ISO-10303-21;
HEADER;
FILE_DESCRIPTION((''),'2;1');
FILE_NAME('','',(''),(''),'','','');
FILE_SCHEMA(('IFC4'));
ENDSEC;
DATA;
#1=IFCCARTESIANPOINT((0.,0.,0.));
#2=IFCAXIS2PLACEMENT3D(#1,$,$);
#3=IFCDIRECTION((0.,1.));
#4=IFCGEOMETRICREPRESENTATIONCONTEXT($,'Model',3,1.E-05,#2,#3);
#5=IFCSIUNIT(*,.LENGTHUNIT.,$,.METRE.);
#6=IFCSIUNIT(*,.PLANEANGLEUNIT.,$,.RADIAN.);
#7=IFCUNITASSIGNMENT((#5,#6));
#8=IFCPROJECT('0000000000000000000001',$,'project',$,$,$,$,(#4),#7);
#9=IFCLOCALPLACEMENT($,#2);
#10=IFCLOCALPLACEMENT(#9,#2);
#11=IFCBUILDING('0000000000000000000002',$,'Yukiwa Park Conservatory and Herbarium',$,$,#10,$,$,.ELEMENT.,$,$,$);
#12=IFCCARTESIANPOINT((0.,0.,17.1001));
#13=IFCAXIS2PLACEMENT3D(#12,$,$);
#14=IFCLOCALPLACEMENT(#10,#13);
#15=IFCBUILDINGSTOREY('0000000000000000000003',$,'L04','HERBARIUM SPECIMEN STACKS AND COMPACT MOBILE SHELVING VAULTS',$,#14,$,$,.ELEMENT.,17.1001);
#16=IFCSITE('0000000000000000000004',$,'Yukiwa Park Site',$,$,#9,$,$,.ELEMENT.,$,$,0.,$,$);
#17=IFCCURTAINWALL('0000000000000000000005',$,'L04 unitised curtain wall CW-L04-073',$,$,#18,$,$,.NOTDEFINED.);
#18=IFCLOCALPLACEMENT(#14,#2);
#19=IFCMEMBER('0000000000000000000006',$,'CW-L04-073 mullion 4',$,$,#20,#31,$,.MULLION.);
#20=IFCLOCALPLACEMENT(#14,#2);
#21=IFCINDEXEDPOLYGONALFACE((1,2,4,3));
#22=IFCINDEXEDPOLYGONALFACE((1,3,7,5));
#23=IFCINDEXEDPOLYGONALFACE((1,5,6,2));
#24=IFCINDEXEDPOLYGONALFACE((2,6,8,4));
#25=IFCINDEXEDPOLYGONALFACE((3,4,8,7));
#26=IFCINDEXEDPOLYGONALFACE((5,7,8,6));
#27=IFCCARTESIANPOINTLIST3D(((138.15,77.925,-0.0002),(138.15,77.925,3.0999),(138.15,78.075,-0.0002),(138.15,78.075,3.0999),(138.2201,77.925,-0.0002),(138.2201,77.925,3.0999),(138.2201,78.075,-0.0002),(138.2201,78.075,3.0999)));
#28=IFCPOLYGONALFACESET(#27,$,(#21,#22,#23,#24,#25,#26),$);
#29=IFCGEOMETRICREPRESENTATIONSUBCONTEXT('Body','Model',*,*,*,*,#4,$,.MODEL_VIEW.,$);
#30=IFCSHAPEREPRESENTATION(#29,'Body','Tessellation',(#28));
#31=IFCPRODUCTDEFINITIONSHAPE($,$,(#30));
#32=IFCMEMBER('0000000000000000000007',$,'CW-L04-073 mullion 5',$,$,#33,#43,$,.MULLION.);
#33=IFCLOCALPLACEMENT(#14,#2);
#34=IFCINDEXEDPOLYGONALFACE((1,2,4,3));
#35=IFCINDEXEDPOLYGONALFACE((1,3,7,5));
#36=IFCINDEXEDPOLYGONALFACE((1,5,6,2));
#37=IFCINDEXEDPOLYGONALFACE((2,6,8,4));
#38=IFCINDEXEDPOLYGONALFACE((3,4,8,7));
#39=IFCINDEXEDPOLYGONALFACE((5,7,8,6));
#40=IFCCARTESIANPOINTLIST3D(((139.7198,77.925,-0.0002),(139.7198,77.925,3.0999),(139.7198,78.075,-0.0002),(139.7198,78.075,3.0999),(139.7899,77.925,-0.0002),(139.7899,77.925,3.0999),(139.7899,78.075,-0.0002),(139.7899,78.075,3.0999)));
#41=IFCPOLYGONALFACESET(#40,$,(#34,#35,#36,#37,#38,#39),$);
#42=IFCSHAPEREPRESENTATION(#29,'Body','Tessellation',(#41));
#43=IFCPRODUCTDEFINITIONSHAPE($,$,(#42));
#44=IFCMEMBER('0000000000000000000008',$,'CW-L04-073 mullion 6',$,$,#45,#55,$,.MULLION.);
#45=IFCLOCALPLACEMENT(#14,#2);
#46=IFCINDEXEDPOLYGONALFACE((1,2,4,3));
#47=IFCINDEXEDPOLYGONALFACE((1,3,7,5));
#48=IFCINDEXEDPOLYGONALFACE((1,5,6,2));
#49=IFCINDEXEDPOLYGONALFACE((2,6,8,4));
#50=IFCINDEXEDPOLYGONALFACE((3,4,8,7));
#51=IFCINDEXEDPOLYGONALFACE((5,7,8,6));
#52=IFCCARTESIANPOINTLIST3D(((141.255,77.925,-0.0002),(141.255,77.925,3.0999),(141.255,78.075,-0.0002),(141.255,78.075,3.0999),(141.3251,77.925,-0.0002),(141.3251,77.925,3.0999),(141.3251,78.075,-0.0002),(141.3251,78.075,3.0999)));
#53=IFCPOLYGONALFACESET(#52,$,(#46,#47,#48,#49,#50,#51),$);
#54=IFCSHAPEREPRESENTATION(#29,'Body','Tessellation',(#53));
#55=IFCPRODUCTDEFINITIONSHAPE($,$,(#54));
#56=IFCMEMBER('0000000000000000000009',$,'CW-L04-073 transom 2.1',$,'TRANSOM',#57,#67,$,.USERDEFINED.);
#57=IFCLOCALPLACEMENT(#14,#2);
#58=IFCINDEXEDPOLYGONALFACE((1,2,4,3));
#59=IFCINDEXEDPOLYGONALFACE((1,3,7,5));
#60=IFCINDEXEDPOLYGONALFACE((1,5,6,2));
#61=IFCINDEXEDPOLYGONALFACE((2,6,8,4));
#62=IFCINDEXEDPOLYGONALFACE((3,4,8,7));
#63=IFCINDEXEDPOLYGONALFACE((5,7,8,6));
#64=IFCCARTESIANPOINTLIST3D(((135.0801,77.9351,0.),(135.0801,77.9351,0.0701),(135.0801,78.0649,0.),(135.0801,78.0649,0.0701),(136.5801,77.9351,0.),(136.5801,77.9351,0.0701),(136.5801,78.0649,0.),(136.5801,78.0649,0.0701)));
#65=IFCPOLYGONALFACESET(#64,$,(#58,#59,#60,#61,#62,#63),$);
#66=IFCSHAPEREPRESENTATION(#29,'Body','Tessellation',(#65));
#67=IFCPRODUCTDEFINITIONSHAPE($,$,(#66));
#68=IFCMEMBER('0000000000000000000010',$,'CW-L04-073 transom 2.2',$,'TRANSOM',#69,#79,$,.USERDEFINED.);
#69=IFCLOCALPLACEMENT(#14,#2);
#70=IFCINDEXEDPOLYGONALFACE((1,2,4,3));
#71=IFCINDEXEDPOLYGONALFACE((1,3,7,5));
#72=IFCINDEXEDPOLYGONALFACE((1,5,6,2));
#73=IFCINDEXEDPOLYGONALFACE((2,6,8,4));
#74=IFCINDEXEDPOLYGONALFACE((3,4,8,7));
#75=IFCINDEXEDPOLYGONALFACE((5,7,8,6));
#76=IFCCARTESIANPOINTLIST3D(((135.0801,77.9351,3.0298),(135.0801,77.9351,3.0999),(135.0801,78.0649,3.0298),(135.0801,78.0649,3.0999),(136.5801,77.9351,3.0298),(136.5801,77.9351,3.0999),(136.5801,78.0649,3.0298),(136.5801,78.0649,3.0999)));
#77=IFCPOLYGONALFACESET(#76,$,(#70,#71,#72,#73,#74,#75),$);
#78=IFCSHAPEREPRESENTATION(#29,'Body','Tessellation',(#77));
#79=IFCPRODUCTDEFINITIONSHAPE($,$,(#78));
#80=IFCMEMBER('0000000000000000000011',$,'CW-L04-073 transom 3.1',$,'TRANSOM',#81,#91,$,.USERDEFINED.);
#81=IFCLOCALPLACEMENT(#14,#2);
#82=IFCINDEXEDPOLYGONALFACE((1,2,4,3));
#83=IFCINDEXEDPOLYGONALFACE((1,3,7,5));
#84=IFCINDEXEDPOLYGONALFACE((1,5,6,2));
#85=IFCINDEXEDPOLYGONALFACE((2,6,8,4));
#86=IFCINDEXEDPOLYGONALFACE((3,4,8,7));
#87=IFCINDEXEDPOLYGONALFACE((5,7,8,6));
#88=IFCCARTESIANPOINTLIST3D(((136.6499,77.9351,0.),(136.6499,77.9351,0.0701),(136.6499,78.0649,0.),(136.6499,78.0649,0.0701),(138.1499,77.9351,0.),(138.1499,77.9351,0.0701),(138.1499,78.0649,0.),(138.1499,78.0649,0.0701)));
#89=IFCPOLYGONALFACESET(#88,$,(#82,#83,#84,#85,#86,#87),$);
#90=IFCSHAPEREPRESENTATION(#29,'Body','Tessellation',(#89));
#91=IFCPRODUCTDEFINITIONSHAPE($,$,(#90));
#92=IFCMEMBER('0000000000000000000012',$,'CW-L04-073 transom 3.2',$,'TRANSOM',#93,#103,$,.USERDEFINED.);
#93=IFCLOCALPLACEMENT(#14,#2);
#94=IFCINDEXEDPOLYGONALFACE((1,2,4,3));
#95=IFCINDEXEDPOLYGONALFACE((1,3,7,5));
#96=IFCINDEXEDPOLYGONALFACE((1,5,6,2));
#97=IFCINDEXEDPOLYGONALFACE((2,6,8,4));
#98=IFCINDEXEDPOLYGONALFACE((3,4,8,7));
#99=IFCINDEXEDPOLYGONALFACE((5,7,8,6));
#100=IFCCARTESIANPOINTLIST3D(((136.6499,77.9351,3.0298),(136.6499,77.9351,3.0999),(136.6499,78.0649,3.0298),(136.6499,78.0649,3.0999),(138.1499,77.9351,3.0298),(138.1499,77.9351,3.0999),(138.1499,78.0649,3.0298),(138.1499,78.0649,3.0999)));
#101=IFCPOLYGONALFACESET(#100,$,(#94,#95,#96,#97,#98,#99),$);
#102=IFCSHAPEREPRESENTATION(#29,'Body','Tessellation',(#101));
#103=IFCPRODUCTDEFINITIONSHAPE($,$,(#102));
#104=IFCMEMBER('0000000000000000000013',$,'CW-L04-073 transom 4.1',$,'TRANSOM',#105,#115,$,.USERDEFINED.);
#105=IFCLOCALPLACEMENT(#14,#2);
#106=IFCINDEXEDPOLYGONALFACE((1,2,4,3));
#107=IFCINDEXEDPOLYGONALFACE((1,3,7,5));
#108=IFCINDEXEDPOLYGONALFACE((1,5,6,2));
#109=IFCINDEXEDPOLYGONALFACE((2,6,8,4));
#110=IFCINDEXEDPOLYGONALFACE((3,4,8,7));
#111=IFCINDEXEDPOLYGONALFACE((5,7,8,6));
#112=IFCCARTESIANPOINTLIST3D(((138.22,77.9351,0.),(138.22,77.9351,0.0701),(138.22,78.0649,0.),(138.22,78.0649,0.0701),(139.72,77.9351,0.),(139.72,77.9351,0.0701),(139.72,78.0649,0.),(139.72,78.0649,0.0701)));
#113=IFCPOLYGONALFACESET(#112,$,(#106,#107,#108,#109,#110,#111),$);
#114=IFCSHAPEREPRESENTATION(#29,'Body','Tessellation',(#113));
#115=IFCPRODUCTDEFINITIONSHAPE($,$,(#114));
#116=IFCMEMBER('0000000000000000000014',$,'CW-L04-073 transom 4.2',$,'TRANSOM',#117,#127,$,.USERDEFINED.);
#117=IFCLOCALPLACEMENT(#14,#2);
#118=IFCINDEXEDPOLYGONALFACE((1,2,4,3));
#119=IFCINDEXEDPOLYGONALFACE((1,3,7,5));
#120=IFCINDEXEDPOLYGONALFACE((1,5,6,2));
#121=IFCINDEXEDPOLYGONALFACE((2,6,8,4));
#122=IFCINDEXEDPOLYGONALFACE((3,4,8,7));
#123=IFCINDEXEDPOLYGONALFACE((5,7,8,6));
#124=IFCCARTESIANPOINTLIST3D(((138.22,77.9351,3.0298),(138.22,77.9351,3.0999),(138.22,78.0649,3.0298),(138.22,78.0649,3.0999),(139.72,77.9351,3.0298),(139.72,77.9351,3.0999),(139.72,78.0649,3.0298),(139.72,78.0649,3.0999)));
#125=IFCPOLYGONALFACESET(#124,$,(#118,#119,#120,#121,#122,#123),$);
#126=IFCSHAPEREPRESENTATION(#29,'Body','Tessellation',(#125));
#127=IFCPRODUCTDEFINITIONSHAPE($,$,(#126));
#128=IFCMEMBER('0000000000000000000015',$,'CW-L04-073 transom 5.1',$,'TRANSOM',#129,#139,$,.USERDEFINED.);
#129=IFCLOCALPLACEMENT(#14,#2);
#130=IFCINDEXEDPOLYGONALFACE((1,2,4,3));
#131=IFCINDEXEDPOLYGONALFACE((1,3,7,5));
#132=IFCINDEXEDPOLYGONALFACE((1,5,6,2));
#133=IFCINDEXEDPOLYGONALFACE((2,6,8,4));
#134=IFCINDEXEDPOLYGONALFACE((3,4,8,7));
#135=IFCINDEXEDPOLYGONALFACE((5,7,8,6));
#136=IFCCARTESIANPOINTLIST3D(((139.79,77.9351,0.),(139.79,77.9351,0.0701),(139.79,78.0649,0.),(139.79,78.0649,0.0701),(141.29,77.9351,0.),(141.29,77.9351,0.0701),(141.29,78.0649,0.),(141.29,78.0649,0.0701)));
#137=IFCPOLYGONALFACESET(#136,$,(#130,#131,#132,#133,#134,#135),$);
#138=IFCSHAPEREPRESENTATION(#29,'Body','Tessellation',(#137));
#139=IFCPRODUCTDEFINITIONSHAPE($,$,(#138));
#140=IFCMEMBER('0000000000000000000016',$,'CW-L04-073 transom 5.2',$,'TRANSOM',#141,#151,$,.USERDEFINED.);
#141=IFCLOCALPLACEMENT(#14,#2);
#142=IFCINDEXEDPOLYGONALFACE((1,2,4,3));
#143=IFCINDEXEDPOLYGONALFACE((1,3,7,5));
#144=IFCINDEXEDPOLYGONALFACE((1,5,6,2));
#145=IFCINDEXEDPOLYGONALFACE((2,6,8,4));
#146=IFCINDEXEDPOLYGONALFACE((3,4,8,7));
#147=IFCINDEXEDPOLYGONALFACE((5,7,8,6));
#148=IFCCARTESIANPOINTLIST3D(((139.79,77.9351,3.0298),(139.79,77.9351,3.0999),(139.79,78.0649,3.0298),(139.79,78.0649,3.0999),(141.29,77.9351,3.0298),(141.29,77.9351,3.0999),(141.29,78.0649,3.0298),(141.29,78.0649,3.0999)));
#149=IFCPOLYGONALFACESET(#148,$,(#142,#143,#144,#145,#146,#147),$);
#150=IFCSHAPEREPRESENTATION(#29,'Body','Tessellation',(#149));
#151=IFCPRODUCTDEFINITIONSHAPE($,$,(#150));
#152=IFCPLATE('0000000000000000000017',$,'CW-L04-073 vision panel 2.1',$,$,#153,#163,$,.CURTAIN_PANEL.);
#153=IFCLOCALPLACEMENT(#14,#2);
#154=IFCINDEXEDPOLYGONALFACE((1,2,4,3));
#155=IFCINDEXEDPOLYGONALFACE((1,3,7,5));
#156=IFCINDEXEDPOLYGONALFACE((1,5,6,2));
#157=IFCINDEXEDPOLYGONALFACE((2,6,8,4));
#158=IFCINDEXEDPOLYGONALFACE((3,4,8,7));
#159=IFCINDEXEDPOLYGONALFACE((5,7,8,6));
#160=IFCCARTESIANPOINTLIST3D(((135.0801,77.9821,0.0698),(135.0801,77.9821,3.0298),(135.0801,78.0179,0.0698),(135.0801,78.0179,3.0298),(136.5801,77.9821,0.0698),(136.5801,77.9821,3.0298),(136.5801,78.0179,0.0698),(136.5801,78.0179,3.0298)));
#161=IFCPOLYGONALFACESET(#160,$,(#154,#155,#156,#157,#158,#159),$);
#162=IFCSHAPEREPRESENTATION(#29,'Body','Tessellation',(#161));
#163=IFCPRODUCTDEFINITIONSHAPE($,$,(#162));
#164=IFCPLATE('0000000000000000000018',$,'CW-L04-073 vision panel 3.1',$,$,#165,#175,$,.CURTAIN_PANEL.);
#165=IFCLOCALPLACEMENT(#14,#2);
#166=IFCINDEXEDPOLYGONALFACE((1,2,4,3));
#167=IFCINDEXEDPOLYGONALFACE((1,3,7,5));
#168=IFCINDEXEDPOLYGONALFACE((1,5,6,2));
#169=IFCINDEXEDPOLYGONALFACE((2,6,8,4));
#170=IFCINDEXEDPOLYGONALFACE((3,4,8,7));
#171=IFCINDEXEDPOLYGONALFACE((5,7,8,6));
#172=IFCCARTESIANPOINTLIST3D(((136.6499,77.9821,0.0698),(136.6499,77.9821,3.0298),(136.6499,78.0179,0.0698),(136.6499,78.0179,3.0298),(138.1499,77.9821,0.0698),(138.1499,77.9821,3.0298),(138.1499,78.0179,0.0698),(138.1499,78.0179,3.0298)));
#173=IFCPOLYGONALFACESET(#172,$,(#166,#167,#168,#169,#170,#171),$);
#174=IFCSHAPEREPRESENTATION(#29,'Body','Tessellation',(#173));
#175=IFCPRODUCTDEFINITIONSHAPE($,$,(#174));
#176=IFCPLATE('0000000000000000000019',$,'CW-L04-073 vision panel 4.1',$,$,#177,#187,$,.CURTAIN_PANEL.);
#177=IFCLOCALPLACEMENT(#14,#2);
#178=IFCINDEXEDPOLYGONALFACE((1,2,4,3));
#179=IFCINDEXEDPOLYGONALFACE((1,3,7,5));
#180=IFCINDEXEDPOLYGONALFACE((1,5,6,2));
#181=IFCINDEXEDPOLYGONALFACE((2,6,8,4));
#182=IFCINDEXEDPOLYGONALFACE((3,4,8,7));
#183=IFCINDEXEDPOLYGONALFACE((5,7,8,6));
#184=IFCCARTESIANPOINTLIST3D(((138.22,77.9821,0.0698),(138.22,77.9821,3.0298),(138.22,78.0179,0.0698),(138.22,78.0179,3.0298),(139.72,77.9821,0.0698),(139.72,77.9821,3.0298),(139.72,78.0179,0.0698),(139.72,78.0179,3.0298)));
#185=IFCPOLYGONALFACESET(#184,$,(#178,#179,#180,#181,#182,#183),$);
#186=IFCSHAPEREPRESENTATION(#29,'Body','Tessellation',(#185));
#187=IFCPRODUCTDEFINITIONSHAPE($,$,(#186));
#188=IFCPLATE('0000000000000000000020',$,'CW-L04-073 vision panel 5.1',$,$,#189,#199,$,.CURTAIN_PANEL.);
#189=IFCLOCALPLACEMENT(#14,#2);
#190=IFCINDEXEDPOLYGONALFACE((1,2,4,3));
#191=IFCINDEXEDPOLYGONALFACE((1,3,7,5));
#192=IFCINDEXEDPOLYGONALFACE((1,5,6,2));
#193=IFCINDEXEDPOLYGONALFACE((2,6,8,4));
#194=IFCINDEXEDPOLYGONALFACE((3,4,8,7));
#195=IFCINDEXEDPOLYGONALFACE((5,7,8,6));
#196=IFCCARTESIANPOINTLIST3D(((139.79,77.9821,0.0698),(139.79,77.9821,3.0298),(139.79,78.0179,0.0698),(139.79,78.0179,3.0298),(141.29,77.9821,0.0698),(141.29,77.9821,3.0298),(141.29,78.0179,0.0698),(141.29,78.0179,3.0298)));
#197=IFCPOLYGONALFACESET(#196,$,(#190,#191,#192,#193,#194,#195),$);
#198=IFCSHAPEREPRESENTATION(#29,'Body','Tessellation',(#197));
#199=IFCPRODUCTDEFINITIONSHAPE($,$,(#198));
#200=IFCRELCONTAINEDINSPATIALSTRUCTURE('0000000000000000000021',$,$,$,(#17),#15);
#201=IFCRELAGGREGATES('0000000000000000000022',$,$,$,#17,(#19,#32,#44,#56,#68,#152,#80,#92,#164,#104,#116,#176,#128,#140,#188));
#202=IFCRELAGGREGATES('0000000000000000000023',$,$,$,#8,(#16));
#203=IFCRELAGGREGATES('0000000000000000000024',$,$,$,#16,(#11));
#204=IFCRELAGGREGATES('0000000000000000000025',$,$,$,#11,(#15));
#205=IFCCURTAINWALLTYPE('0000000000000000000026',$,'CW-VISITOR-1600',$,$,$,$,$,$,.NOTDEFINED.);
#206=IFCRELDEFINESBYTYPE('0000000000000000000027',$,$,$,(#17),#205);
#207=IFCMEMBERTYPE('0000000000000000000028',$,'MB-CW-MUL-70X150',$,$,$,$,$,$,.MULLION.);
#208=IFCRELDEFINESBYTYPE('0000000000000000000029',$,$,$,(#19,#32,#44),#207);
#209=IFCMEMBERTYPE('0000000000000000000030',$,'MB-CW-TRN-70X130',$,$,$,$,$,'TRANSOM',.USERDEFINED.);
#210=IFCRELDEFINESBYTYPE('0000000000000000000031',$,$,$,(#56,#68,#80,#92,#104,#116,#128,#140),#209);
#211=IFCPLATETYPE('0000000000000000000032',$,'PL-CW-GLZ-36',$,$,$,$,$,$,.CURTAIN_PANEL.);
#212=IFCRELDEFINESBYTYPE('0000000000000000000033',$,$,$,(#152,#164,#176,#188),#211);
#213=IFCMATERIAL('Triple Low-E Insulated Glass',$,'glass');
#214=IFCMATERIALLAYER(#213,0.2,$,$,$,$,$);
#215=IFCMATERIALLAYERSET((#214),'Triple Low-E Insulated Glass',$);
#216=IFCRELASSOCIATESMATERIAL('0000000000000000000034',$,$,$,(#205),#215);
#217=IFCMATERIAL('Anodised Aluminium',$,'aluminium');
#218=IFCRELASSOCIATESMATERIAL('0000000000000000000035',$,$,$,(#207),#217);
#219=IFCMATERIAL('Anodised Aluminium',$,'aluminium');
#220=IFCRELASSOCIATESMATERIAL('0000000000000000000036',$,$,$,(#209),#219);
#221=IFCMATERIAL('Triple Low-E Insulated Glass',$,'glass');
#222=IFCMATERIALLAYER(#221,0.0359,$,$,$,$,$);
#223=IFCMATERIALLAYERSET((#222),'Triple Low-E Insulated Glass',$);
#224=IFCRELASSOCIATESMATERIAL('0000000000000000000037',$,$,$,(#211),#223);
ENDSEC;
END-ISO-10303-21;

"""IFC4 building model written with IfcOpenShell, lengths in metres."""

from ifc_helpers import new_model, si_unit, direction, frame, origin, origin_2d, place, context, subcontext, project, spatial, rectangle, extrude, material, layer, layer_set, type_object, element, aggregate, save


model = new_model("IFC4")

# Units and contexts
model_context = context("Model", 3, precision=1e-05, world=origin(), true_north=direction((0.0, 1.0)))
body_context = subcontext(model_context, "Body", "Model", "MODEL_VIEW")
ifc_project = project(units=[si_unit("LENGTHUNIT", "METRE"), si_unit("PLANEANGLEUNIT", "RADIAN")], contexts=[model_context])

# Site, building, storey
site_placement = place(None, origin())
site = spatial("IfcSite", under=ifc_project, at=site_placement, Name="Yukiwa Park Site", CompositionType="ELEMENT", RefElevation=0.0)
building_placement = place(site_placement, origin())
building = spatial("IfcBuilding", under=site, at=building_placement, Name="Yukiwa Park Conservatory and Herbarium", CompositionType="ELEMENT")
storey_placement = place(building_placement, frame((0.0, 0.0, 17.1001)))
storey = spatial("IfcBuildingStorey", under=building, at=storey_placement, Name="L04", Description="HERBARIUM SPECIMEN STACKS AND COMPACT MOBILE SHELVING VAULTS", CompositionType="ELEMENT", Elevation=17.1001)

# Curtain wall, members, plates
ifc_material_1 = material(Name="Triple Low-E Insulated Glass", Category="glass")
ifc_layer_1 = layer(ifc_material_1, 0.2)
ifc_layer_set_1 = layer_set([ifc_layer_1], Name="Triple Low-E Insulated Glass")
curtain_wall_type = type_object("IfcCurtainWallType", Name="CW-VISITOR-1600", PredefinedType="NOTDEFINED", material=ifc_layer_set_1)
curtain_wall_placement = place(storey_placement, origin())
curtain_wall = element("IfcCurtainWall", 1, at=curtain_wall_placement, inside=storey, type_object=curtain_wall_type, Name="L04 unitised curtain wall CW-L04-073", PredefinedType="NOTDEFINED")
ifc_material_2 = material(Name="Anodised Aluminium", Category="aluminium")
member_type_1 = type_object("IfcMemberType", Name="MB-CW-MUL-70X150", PredefinedType="MULLION", material=ifc_material_2)
member_1_placement = place(storey_placement, frame((138.1851, 78.0, -0.0002), z_axis=(0.0, 0.0, 1.0), x_axis=(1.0, 0.0, 0.0)))
member_1 = element("IfcMember", 2, at=member_1_placement, type_object=member_type_1, Name="CW-L04-073 mullion 4", PredefinedType="MULLION", context=body_context, shape_type="SweptSolid", body=[
    extrude(rectangle(XDim=0.0701, YDim=0.1499, at=origin_2d()), origin(), (0.0, 0.0, 1.0), 3.1001),
])
member_2_placement = place(storey_placement, frame((139.7549, 78.0, -0.0002), z_axis=(0.0, 0.0, 1.0), x_axis=(1.0, 0.0, 0.0)))
member_2 = element("IfcMember", 3, at=member_2_placement, type_object=member_type_1, Name="CW-L04-073 mullion 5", PredefinedType="MULLION", context=body_context, shape_type="SweptSolid", body=[
    extrude(rectangle(XDim=0.0701, YDim=0.1499, at=origin_2d()), origin(), (0.0, 0.0, 1.0), 3.1001),
])
member_3_placement = place(storey_placement, frame((141.29, 78.0, -0.0002), z_axis=(0.0, 0.0, 1.0), x_axis=(1.0, 0.0, 0.0)))
member_3 = element("IfcMember", 4, at=member_3_placement, type_object=member_type_1, Name="CW-L04-073 mullion 6", PredefinedType="MULLION", context=body_context, shape_type="SweptSolid", body=[
    extrude(rectangle(XDim=0.0701, YDim=0.1499, at=origin_2d()), origin(), (0.0, 0.0, 1.0), 3.1001),
])
ifc_material_3 = material(Name="Anodised Aluminium", Category="aluminium")
member_type_2 = type_object("IfcMemberType", Name="MB-CW-TRN-70X130", ElementType="TRANSOM", PredefinedType="USERDEFINED", material=ifc_material_3)
member_4_placement = place(storey_placement, frame((135.8301, 78.0, 0.0), z_axis=(0.0, 0.0, 1.0), x_axis=(1.0, 0.0, 0.0)))
member_4 = element("IfcMember", 5, at=member_4_placement, type_object=member_type_2, Name="CW-L04-073 transom 2.1", ObjectType="TRANSOM", PredefinedType="USERDEFINED", context=body_context, shape_type="SweptSolid", body=[
    extrude(rectangle(XDim=1.5, YDim=0.1299, at=origin_2d()), origin(), (0.0, 0.0, 1.0), 0.0701),
])
member_5_placement = place(storey_placement, frame((135.8301, 78.0, 3.0298), z_axis=(0.0, 0.0, 1.0), x_axis=(1.0, 0.0, 0.0)))
member_5 = element("IfcMember", 6, at=member_5_placement, type_object=member_type_2, Name="CW-L04-073 transom 2.2", ObjectType="TRANSOM", PredefinedType="USERDEFINED", context=body_context, shape_type="SweptSolid", body=[
    extrude(rectangle(XDim=1.5, YDim=0.1299, at=origin_2d()), origin(), (0.0, 0.0, 1.0), 0.0701),
])
member_6_placement = place(storey_placement, frame((137.3999, 78.0, 0.0), z_axis=(0.0, 0.0, 1.0), x_axis=(1.0, 0.0, 0.0)))
member_6 = element("IfcMember", 7, at=member_6_placement, type_object=member_type_2, Name="CW-L04-073 transom 3.1", ObjectType="TRANSOM", PredefinedType="USERDEFINED", context=body_context, shape_type="SweptSolid", body=[
    extrude(rectangle(XDim=1.5, YDim=0.1299, at=origin_2d()), origin(), (0.0, 0.0, 1.0), 0.0701),
])
member_7_placement = place(storey_placement, frame((137.3999, 78.0, 3.0298), z_axis=(0.0, 0.0, 1.0), x_axis=(1.0, 0.0, 0.0)))
member_7 = element("IfcMember", 8, at=member_7_placement, type_object=member_type_2, Name="CW-L04-073 transom 3.2", ObjectType="TRANSOM", PredefinedType="USERDEFINED", context=body_context, shape_type="SweptSolid", body=[
    extrude(rectangle(XDim=1.5, YDim=0.1299, at=origin_2d()), origin(), (0.0, 0.0, 1.0), 0.0701),
])
member_8_placement = place(storey_placement, frame((138.97, 78.0, 0.0), z_axis=(0.0, 0.0, 1.0), x_axis=(1.0, 0.0, 0.0)))
member_8 = element("IfcMember", 9, at=member_8_placement, type_object=member_type_2, Name="CW-L04-073 transom 4.1", ObjectType="TRANSOM", PredefinedType="USERDEFINED", context=body_context, shape_type="SweptSolid", body=[
    extrude(rectangle(XDim=1.5, YDim=0.1299, at=origin_2d()), origin(), (0.0, 0.0, 1.0), 0.0701),
])
member_9_placement = place(storey_placement, frame((138.97, 78.0, 3.0298), z_axis=(0.0, 0.0, 1.0), x_axis=(1.0, 0.0, 0.0)))
member_9 = element("IfcMember", 10, at=member_9_placement, type_object=member_type_2, Name="CW-L04-073 transom 4.2", ObjectType="TRANSOM", PredefinedType="USERDEFINED", context=body_context, shape_type="SweptSolid", body=[
    extrude(rectangle(XDim=1.5, YDim=0.1299, at=origin_2d()), origin(), (0.0, 0.0, 1.0), 0.0701),
])
member_10_placement = place(storey_placement, frame((140.54, 78.0, 0.0), z_axis=(0.0, 0.0, 1.0), x_axis=(1.0, 0.0, 0.0)))
member_10 = element("IfcMember", 11, at=member_10_placement, type_object=member_type_2, Name="CW-L04-073 transom 5.1", ObjectType="TRANSOM", PredefinedType="USERDEFINED", context=body_context, shape_type="SweptSolid", body=[
    extrude(rectangle(XDim=1.5, YDim=0.1299, at=origin_2d()), origin(), (0.0, 0.0, 1.0), 0.0701),
])
member_11_placement = place(storey_placement, frame((140.54, 78.0, 3.0298), z_axis=(0.0, 0.0, 1.0), x_axis=(1.0, 0.0, 0.0)))
member_11 = element("IfcMember", 12, at=member_11_placement, type_object=member_type_2, Name="CW-L04-073 transom 5.2", ObjectType="TRANSOM", PredefinedType="USERDEFINED", context=body_context, shape_type="SweptSolid", body=[
    extrude(rectangle(XDim=1.5, YDim=0.1299, at=origin_2d()), origin(), (0.0, 0.0, 1.0), 0.0701),
])
ifc_material_4 = material(Name="Triple Low-E Insulated Glass", Category="glass")
ifc_layer_2 = layer(ifc_material_4, 0.0359)
ifc_layer_set_2 = layer_set([ifc_layer_2], Name="Triple Low-E Insulated Glass")
plate_type_1 = type_object("IfcPlateType", Name="PL-CW-GLZ-36", PredefinedType="CURTAIN_PANEL", material=ifc_layer_set_2)
plate_1_placement = place(storey_placement, frame((135.8301, 78.0, 0.0698), z_axis=(0.0, 0.0, 1.0), x_axis=(1.0, 0.0, 0.0)))
plate_1 = element("IfcPlate", 13, at=plate_1_placement, type_object=plate_type_1, Name="CW-L04-073 vision panel 2.1", PredefinedType="CURTAIN_PANEL", context=body_context, shape_type="SweptSolid", body=[
    extrude(rectangle(XDim=1.5, YDim=0.0359, at=origin_2d()), origin(), (0.0, 0.0, 1.0), 2.96),
])
plate_2_placement = place(storey_placement, frame((137.3999, 78.0, 0.0698), z_axis=(0.0, 0.0, 1.0), x_axis=(1.0, 0.0, 0.0)))
plate_2 = element("IfcPlate", 14, at=plate_2_placement, type_object=plate_type_1, Name="CW-L04-073 vision panel 3.1", PredefinedType="CURTAIN_PANEL", context=body_context, shape_type="SweptSolid", body=[
    extrude(rectangle(XDim=1.5, YDim=0.0359, at=origin_2d()), origin(), (0.0, 0.0, 1.0), 2.96),
])
plate_3_placement = place(storey_placement, frame((138.97, 78.0, 0.0698), z_axis=(0.0, 0.0, 1.0), x_axis=(1.0, 0.0, 0.0)))
plate_3 = element("IfcPlate", 15, at=plate_3_placement, type_object=plate_type_1, Name="CW-L04-073 vision panel 4.1", PredefinedType="CURTAIN_PANEL", context=body_context, shape_type="SweptSolid", body=[
    extrude(rectangle(XDim=1.5, YDim=0.0359, at=origin_2d()), origin(), (0.0, 0.0, 1.0), 2.96),
])
plate_4_placement = place(storey_placement, frame((140.54, 78.0, 0.0698), z_axis=(0.0, 0.0, 1.0), x_axis=(1.0, 0.0, 0.0)))
plate_4 = element("IfcPlate", 16, at=plate_4_placement, type_object=plate_type_1, Name="CW-L04-073 vision panel 5.1", PredefinedType="CURTAIN_PANEL", context=body_context, shape_type="SweptSolid", body=[
    extrude(rectangle(XDim=1.5, YDim=0.0359, at=origin_2d()), origin(), (0.0, 0.0, 1.0), 2.96),
])
aggregate(curtain_wall, [member_1, member_2, member_3, member_4, member_5, plate_1, member_6, member_7, plate_2, member_8, member_9, plate_3, member_10, member_11, plate_4])

save(model, "model.ifc")
